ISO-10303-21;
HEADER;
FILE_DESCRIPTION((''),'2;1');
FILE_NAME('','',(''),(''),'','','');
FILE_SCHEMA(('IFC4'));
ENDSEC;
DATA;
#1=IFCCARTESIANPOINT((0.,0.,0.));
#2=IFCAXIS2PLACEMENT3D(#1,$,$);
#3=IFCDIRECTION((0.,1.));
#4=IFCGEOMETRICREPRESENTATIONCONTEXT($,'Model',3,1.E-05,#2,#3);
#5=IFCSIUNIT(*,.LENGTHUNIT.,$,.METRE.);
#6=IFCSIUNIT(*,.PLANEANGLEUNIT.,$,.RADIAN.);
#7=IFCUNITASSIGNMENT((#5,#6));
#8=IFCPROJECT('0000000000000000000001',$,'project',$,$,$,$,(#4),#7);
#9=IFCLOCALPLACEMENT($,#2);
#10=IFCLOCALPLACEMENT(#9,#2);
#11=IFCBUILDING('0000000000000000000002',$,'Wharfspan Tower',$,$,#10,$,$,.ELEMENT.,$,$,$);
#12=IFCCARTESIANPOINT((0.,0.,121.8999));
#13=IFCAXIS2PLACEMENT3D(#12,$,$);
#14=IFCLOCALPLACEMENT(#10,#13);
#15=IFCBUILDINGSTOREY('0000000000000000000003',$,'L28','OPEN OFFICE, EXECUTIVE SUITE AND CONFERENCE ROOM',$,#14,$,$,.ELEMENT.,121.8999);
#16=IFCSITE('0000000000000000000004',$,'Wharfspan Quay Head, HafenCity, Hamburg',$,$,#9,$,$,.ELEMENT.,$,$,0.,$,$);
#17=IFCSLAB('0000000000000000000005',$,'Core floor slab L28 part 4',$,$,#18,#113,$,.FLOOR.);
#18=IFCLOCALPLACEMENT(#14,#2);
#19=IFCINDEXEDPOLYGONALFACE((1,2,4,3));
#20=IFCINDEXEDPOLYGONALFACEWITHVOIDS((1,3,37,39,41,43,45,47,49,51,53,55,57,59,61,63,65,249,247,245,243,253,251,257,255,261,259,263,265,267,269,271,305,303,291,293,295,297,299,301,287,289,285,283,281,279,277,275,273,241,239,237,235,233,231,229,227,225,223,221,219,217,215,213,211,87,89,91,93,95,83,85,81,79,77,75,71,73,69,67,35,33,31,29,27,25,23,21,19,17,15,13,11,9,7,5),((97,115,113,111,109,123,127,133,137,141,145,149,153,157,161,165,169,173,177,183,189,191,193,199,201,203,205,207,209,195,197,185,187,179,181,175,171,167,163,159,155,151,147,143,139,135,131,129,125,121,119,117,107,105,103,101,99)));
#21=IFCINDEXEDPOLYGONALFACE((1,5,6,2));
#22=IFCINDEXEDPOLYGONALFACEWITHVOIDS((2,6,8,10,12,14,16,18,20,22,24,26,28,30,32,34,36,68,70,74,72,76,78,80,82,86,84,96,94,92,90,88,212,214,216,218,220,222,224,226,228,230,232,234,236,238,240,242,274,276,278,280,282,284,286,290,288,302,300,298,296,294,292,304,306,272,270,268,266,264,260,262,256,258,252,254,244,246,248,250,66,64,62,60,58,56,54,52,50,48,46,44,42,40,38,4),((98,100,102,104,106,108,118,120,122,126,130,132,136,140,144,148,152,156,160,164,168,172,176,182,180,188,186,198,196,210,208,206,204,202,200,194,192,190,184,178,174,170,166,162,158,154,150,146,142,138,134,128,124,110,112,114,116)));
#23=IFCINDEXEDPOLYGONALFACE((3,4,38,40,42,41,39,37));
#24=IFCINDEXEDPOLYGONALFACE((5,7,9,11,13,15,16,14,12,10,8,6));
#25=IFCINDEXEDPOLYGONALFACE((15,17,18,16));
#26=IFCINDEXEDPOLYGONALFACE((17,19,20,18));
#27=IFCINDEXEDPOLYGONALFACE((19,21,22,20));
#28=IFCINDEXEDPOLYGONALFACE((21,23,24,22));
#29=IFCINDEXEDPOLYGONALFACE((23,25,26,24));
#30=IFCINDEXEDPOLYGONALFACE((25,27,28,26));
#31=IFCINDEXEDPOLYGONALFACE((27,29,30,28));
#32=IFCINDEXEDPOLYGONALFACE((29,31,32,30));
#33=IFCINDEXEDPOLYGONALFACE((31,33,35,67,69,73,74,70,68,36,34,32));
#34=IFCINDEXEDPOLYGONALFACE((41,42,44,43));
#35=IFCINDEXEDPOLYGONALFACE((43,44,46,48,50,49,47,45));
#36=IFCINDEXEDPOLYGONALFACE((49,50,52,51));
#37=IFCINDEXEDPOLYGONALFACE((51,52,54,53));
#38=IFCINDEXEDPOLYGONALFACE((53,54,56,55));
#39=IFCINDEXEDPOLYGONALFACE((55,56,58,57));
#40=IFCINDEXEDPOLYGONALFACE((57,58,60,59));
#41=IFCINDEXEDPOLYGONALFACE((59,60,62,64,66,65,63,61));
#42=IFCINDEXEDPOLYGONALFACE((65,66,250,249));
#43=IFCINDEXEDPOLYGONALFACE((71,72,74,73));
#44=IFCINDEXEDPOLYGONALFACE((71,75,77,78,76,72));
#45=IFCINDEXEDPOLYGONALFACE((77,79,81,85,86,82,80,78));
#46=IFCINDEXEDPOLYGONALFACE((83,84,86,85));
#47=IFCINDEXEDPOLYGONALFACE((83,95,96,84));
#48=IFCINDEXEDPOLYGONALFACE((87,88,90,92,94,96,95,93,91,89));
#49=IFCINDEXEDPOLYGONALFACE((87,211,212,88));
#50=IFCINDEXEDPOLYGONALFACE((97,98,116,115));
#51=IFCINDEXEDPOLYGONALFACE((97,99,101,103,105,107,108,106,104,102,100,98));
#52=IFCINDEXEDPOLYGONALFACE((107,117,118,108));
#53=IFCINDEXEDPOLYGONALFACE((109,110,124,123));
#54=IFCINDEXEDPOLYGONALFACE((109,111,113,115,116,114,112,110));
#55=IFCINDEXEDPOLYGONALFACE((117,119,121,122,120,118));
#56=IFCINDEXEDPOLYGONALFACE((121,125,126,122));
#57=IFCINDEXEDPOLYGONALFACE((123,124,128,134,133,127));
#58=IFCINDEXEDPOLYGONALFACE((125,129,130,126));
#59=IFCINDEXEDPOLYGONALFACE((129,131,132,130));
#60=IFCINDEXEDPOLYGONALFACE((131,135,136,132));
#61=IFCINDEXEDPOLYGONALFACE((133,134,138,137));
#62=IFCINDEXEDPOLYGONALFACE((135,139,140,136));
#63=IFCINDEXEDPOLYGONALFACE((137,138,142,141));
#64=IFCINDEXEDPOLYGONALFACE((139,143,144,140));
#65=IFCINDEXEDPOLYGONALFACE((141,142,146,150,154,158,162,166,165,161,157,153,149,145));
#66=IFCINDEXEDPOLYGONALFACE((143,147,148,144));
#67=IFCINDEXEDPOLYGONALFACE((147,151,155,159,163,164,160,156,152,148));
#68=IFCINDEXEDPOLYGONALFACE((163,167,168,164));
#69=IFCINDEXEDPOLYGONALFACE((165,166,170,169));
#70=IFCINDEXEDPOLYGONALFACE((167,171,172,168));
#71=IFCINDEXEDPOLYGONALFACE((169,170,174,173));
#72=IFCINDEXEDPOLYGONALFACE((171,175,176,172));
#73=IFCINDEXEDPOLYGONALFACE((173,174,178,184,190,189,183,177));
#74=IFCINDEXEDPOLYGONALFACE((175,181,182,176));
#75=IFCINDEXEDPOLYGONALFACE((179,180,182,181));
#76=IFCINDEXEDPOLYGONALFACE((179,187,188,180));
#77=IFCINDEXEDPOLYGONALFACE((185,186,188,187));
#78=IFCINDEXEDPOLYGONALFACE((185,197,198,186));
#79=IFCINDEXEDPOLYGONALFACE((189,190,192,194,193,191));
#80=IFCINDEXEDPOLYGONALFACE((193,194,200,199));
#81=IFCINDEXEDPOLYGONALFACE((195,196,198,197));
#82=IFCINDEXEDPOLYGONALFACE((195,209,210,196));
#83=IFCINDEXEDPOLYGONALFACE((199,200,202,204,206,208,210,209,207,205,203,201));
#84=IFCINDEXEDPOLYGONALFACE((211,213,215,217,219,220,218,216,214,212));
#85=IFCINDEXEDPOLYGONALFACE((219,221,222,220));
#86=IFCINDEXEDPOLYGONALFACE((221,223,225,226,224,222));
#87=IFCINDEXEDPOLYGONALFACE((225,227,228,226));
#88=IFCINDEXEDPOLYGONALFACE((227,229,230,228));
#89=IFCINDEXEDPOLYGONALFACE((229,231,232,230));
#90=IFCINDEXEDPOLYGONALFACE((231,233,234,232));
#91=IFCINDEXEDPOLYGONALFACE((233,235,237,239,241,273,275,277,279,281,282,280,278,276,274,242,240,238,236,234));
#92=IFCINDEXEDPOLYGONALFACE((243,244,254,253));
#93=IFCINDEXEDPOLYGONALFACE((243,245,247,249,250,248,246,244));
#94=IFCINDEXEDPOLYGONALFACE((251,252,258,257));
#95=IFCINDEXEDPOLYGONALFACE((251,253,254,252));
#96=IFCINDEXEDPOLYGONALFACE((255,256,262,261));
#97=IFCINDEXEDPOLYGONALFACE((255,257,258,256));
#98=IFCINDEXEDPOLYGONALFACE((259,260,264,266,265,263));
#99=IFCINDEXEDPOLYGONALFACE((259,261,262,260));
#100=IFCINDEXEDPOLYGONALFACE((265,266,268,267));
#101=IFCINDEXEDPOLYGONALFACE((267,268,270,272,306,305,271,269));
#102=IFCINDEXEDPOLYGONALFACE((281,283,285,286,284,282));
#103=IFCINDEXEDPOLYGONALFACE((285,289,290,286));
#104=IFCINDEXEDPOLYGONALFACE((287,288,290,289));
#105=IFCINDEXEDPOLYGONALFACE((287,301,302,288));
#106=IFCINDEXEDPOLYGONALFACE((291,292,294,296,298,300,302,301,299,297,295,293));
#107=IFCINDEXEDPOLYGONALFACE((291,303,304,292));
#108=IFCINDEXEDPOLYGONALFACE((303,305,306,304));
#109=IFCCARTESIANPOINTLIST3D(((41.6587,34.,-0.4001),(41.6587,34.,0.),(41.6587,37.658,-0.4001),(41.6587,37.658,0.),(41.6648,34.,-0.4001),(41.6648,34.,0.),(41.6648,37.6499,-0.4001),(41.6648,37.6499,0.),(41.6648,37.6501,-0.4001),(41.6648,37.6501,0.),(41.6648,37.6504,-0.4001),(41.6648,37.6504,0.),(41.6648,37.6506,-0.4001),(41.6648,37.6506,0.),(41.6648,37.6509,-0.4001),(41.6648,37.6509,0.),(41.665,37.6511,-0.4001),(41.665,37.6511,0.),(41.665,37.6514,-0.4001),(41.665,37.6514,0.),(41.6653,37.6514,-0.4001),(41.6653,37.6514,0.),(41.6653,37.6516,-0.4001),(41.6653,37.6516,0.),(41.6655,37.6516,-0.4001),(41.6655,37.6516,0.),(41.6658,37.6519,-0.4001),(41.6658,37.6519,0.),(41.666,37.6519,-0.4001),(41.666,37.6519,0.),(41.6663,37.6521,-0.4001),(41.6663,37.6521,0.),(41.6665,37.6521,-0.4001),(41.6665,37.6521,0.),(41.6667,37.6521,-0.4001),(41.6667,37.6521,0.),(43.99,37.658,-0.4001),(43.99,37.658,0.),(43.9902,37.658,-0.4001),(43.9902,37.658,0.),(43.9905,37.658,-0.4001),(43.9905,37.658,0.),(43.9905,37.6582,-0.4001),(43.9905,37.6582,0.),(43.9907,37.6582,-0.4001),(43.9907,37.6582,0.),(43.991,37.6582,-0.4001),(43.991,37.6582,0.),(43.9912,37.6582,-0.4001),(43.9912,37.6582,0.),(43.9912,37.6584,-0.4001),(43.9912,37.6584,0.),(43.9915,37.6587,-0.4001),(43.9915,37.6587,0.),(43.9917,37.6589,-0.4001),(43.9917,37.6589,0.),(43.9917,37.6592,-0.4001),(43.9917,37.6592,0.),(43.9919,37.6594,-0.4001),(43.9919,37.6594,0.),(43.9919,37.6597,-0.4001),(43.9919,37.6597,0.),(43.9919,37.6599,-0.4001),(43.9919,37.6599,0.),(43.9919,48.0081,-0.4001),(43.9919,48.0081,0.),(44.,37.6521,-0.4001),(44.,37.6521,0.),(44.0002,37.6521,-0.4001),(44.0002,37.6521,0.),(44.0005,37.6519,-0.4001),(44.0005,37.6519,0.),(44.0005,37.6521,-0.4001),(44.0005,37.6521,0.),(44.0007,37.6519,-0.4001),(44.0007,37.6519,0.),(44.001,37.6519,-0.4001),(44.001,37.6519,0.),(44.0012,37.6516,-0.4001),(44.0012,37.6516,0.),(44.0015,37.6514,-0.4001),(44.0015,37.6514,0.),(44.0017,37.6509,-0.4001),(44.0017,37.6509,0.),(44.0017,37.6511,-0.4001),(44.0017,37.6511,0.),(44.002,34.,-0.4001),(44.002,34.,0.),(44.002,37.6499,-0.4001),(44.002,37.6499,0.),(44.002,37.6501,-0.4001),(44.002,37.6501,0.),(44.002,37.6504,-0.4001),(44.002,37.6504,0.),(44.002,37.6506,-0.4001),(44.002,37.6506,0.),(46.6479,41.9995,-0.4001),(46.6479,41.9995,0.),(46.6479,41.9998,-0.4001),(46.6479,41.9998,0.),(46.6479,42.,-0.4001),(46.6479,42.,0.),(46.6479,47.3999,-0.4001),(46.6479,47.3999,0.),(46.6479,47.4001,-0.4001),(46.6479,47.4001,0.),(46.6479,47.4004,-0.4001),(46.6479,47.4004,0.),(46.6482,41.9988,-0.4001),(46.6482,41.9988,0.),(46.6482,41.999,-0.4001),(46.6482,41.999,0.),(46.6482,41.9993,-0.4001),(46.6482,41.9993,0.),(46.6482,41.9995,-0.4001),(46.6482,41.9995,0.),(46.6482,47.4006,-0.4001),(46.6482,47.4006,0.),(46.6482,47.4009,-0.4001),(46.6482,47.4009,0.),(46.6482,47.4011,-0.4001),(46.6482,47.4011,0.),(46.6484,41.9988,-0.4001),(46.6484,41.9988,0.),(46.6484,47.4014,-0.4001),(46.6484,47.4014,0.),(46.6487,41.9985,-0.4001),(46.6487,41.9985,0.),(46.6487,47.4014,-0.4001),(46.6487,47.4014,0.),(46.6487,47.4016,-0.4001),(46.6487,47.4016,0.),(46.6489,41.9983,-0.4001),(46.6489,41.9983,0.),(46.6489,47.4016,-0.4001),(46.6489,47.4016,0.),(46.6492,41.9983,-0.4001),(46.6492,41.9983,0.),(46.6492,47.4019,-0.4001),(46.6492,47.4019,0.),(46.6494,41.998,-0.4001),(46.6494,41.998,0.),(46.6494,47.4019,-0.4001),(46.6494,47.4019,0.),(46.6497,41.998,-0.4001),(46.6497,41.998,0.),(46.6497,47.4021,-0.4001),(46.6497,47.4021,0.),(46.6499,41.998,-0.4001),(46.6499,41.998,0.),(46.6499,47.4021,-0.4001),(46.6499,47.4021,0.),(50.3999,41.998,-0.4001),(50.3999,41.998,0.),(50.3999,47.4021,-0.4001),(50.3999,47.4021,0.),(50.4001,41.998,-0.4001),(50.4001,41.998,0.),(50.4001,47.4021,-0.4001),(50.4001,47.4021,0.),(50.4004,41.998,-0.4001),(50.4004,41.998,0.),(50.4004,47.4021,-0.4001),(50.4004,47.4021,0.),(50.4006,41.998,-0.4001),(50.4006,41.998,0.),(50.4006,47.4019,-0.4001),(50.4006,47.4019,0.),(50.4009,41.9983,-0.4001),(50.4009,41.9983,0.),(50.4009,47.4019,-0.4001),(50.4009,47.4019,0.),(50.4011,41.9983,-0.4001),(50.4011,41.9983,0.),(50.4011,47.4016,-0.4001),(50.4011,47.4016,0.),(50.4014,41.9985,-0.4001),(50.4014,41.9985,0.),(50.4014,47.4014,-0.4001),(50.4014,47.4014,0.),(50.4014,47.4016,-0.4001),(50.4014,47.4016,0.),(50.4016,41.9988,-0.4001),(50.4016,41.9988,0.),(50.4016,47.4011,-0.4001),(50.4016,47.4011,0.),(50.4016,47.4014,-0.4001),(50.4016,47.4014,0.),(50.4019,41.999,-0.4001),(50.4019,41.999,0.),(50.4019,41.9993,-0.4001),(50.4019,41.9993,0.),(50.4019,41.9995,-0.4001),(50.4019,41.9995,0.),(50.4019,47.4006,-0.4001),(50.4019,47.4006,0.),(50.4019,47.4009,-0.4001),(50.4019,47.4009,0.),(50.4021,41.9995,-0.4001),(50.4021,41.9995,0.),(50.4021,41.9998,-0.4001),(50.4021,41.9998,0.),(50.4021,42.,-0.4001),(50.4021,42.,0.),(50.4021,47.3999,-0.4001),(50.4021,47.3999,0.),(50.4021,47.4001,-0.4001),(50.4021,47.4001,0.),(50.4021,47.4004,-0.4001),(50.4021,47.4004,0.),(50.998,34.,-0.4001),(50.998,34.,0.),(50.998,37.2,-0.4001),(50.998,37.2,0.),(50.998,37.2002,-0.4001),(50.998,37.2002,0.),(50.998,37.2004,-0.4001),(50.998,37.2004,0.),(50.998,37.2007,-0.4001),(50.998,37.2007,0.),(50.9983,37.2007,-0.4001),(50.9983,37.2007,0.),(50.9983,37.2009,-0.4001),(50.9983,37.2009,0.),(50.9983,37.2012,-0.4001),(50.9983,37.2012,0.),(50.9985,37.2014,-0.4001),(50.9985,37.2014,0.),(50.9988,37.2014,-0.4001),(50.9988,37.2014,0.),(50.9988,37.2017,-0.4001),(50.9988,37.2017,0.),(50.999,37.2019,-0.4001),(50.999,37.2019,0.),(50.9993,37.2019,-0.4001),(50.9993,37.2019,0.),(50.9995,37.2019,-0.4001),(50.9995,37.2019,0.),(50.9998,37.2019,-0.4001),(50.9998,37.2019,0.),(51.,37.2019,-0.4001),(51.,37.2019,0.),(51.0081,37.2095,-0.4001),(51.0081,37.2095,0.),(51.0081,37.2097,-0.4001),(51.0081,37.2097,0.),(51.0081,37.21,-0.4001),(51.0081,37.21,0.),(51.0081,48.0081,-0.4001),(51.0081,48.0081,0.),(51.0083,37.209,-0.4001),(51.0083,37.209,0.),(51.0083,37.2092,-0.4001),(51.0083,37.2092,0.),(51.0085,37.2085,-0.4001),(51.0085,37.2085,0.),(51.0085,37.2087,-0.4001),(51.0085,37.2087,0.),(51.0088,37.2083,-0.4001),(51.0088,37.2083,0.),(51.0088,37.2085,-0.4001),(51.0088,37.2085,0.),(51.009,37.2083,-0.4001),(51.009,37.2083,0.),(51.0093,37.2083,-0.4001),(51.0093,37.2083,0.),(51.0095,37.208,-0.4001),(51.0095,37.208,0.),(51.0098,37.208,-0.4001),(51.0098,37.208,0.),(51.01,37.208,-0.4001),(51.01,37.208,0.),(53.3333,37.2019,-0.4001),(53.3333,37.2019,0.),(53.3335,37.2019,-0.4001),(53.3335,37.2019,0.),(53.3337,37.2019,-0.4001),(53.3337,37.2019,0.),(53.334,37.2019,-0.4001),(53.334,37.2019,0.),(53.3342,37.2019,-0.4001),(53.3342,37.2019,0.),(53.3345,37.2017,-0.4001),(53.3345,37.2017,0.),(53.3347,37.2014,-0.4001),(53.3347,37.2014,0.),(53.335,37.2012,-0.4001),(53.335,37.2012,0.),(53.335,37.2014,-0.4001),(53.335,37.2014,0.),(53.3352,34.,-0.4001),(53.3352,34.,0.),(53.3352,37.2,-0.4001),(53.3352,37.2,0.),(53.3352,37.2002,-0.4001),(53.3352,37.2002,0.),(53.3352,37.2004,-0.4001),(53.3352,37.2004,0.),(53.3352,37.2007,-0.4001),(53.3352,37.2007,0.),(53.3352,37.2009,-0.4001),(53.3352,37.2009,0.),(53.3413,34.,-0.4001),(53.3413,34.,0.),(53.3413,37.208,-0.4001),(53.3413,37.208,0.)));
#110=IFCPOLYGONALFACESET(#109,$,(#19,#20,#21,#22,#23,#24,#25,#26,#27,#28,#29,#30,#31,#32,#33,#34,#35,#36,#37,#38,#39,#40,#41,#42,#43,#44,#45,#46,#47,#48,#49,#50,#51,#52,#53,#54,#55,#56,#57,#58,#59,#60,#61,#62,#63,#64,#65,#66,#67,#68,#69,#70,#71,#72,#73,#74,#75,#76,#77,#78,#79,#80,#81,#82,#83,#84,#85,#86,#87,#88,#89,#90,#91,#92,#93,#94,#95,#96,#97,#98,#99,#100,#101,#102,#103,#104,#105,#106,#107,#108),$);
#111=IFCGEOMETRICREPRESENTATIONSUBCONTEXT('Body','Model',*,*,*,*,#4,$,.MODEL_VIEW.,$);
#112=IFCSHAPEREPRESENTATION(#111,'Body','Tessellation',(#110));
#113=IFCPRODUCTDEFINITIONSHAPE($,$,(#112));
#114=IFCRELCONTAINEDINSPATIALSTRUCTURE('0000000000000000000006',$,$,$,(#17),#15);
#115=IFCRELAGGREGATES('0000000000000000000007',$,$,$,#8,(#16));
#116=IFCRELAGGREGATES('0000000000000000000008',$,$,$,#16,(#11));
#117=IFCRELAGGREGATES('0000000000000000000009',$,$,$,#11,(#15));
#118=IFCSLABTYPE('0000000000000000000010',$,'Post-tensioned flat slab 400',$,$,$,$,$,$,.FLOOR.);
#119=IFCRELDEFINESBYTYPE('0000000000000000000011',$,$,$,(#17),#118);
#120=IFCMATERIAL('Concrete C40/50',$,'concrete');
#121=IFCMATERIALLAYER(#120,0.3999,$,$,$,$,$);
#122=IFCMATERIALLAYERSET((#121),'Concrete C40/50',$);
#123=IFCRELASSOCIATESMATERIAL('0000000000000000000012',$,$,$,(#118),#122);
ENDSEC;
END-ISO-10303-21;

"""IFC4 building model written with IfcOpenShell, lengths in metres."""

from ifc_helpers import new_model, si_unit, direction, frame, origin, place, context, subcontext, project, spatial, polyline, outline, extrude, material, layer, layer_set, type_object, element, save


model = new_model("IFC4")

# Units and contexts
model_context = context("Model", 3, precision=1e-05, world=origin(), true_north=direction((0.0, 1.0)))
body_context = subcontext(model_context, "Body", "Model", "MODEL_VIEW")
ifc_project = project(units=[si_unit("LENGTHUNIT", "METRE"), si_unit("PLANEANGLEUNIT", "RADIAN")], contexts=[model_context])

# Site, building, storey
site_placement = place(None, origin())
site = spatial("IfcSite", under=ifc_project, at=site_placement, Name="Wharfspan Quay Head, HafenCity, Hamburg", CompositionType="ELEMENT", RefElevation=0.0)
building_placement = place(site_placement, origin())
building = spatial("IfcBuilding", under=site, at=building_placement, Name="Wharfspan Tower", CompositionType="ELEMENT")
storey_placement = place(building_placement, frame((0.0, 0.0, 121.8999)))
storey = spatial("IfcBuildingStorey", under=building, at=storey_placement, Name="L28", Description="OPEN OFFICE, EXECUTIVE SUITE AND CONFERENCE ROOM", CompositionType="ELEMENT", Elevation=121.8999)

# Slab
ifc_material_1 = material(Name="Concrete C40/50", Category="concrete")
ifc_layer_1 = layer(ifc_material_1, 0.3999)
ifc_layer_set_1 = layer_set([ifc_layer_1], Name="Concrete C40/50")
slab_type = type_object("IfcSlabType", Name="Post-tensioned flat slab 400", PredefinedType="FLOOR", material=ifc_layer_set_1)
slab_1_placement = place(storey_placement, frame((0.0, 0.0, -0.4001)))
element("IfcSlab", 1, at=slab_1_placement, inside=storey, type_object=slab_type, Name="Core floor slab L28 part 4", PredefinedType="FLOOR", context=body_context, shape_type="SweptSolid", body=[
    extrude(outline(polyline([(53.3413, 34.0), (53.3413, 37.208), (51.01, 37.208), (51.0098, 37.208), (51.0095, 37.208), (51.0095, 37.208), (51.0093, 37.2083), (51.009, 37.2083), (51.0088, 37.2083), (51.0088, 37.2085), (51.0085, 37.2085), (51.0085, 37.2087), (51.0083, 37.209), (51.0083, 37.209), (51.0083, 37.2092), (51.0081, 37.2095), (51.0081, 37.2097), (51.0081, 37.2097), (51.0081, 37.21), (51.0081, 48.0081), (43.9919, 48.0081), (43.9919, 37.6599), (43.9919, 37.6599), (43.9919, 37.6597), (43.9919, 37.6594), (43.9917, 37.6592), (43.9917, 37.6592), (43.9917, 37.6589), (43.9915, 37.6587), (43.9915, 37.6587), (43.9912, 37.6584), (43.9912, 37.6582), (43.991, 37.6582), (43.9907, 37.6582), (43.9905, 37.6582), (43.9905, 37.658), (43.9902, 37.658), (43.99, 37.658), (41.6587, 37.658), (41.6587, 34.0), (41.6648, 34.0), (41.6648, 37.6499), (41.6648, 37.6501), (41.6648, 37.6504), (41.6648, 37.6506), (41.6648, 37.6509), (41.6648, 37.6509), (41.665, 37.6511), (41.665, 37.6514), (41.6653, 37.6514), (41.6653, 37.6516), (41.6655, 37.6516), (41.6658, 37.6519), (41.666, 37.6519), (41.666, 37.6519), (41.6663, 37.6521), (41.6665, 37.6521), (41.6667, 37.6521), (44.0, 37.6521), (44.0002, 37.6521), (44.0005, 37.6521), (44.0005, 37.6519), (44.0007, 37.6519), (44.001, 37.6519), (44.0012, 37.6516), (44.0012, 37.6516), (44.0015, 37.6514), (44.0015, 37.6514), (44.0017, 37.6511), (44.0017, 37.6509), (44.0017, 37.6509), (44.002, 37.6506), (44.002, 37.6504), (44.002, 37.6501), (44.002, 37.6499), (44.002, 34.0), (50.998, 34.0), (50.998, 37.2), (50.998, 37.2002), (50.998, 37.2004), (50.998, 37.2007), (50.9983, 37.2007), (50.9983, 37.2009), (50.9983, 37.2012), (50.9985, 37.2014), (50.9985, 37.2014), (50.9988, 37.2014), (50.9988, 37.2017), (50.999, 37.2019), (50.9993, 37.2019), (50.9995, 37.2019), (50.9995, 37.2019), (50.9998, 37.2019), (51.0, 37.2019), (53.3333, 37.2019), (53.3335, 37.2019), (53.3337, 37.2019), (53.334, 37.2019), (53.334, 37.2019), (53.3342, 37.2019), (53.3345, 37.2017), (53.3347, 37.2014), (53.3347, 37.2014), (53.335, 37.2014), (53.335, 37.2012), (53.3352, 37.2009), (53.3352, 37.2007), (53.3352, 37.2007), (53.3352, 37.2004), (53.3352, 37.2002), (53.3352, 37.2), (53.3352, 34.0), (53.3413, 34.0)]), holes=[polyline([(50.4021, 42.0), (50.4021, 41.9998), (50.4021, 41.9995), (50.4019, 41.9995), (50.4019, 41.9993), (50.4019, 41.999), (50.4016, 41.9988), (50.4016, 41.9988), (50.4014, 41.9985), (50.4014, 41.9985), (50.4011, 41.9983), (50.4009, 41.9983), (50.4009, 41.9983), (50.4006, 41.998), (50.4004, 41.998), (50.4001, 41.998), (50.3999, 41.998), (46.6499, 41.998), (46.6499, 41.998), (46.6497, 41.998), (46.6494, 41.998), (46.6492, 41.9983), (46.6492, 41.9983), (46.6489, 41.9983), (46.6487, 41.9985), (46.6487, 41.9985), (46.6484, 41.9988), (46.6482, 41.9988), (46.6482, 41.999), (46.6482, 41.9993), (46.6482, 41.9995), (46.6479, 41.9995), (46.6479, 41.9998), (46.6479, 42.0), (46.6479, 47.3999), (46.6479, 47.4001), (46.6479, 47.4004), (46.6482, 47.4006), (46.6482, 47.4009), (46.6482, 47.4009), (46.6482, 47.4011), (46.6484, 47.4014), (46.6487, 47.4014), (46.6487, 47.4016), (46.6489, 47.4016), (46.6492, 47.4019), (46.6492, 47.4019), (46.6494, 47.4019), (46.6497, 47.4021), (46.6499, 47.4021), (46.6499, 47.4021), (50.3999, 47.4021), (50.4001, 47.4021), (50.4004, 47.4021), (50.4006, 47.4019), (50.4009, 47.4019), (50.4009, 47.4019), (50.4011, 47.4016), (50.4014, 47.4016), (50.4014, 47.4014), (50.4016, 47.4014), (50.4016, 47.4011), (50.4019, 47.4009), (50.4019, 47.4009), (50.4019, 47.4006), (50.4021, 47.4004), (50.4021, 47.4001), (50.4021, 47.3999), (50.4021, 42.0)])]), origin(), (0.0, 0.0, 1.0), 0.4001),
])

save(model, "model.ifc")
